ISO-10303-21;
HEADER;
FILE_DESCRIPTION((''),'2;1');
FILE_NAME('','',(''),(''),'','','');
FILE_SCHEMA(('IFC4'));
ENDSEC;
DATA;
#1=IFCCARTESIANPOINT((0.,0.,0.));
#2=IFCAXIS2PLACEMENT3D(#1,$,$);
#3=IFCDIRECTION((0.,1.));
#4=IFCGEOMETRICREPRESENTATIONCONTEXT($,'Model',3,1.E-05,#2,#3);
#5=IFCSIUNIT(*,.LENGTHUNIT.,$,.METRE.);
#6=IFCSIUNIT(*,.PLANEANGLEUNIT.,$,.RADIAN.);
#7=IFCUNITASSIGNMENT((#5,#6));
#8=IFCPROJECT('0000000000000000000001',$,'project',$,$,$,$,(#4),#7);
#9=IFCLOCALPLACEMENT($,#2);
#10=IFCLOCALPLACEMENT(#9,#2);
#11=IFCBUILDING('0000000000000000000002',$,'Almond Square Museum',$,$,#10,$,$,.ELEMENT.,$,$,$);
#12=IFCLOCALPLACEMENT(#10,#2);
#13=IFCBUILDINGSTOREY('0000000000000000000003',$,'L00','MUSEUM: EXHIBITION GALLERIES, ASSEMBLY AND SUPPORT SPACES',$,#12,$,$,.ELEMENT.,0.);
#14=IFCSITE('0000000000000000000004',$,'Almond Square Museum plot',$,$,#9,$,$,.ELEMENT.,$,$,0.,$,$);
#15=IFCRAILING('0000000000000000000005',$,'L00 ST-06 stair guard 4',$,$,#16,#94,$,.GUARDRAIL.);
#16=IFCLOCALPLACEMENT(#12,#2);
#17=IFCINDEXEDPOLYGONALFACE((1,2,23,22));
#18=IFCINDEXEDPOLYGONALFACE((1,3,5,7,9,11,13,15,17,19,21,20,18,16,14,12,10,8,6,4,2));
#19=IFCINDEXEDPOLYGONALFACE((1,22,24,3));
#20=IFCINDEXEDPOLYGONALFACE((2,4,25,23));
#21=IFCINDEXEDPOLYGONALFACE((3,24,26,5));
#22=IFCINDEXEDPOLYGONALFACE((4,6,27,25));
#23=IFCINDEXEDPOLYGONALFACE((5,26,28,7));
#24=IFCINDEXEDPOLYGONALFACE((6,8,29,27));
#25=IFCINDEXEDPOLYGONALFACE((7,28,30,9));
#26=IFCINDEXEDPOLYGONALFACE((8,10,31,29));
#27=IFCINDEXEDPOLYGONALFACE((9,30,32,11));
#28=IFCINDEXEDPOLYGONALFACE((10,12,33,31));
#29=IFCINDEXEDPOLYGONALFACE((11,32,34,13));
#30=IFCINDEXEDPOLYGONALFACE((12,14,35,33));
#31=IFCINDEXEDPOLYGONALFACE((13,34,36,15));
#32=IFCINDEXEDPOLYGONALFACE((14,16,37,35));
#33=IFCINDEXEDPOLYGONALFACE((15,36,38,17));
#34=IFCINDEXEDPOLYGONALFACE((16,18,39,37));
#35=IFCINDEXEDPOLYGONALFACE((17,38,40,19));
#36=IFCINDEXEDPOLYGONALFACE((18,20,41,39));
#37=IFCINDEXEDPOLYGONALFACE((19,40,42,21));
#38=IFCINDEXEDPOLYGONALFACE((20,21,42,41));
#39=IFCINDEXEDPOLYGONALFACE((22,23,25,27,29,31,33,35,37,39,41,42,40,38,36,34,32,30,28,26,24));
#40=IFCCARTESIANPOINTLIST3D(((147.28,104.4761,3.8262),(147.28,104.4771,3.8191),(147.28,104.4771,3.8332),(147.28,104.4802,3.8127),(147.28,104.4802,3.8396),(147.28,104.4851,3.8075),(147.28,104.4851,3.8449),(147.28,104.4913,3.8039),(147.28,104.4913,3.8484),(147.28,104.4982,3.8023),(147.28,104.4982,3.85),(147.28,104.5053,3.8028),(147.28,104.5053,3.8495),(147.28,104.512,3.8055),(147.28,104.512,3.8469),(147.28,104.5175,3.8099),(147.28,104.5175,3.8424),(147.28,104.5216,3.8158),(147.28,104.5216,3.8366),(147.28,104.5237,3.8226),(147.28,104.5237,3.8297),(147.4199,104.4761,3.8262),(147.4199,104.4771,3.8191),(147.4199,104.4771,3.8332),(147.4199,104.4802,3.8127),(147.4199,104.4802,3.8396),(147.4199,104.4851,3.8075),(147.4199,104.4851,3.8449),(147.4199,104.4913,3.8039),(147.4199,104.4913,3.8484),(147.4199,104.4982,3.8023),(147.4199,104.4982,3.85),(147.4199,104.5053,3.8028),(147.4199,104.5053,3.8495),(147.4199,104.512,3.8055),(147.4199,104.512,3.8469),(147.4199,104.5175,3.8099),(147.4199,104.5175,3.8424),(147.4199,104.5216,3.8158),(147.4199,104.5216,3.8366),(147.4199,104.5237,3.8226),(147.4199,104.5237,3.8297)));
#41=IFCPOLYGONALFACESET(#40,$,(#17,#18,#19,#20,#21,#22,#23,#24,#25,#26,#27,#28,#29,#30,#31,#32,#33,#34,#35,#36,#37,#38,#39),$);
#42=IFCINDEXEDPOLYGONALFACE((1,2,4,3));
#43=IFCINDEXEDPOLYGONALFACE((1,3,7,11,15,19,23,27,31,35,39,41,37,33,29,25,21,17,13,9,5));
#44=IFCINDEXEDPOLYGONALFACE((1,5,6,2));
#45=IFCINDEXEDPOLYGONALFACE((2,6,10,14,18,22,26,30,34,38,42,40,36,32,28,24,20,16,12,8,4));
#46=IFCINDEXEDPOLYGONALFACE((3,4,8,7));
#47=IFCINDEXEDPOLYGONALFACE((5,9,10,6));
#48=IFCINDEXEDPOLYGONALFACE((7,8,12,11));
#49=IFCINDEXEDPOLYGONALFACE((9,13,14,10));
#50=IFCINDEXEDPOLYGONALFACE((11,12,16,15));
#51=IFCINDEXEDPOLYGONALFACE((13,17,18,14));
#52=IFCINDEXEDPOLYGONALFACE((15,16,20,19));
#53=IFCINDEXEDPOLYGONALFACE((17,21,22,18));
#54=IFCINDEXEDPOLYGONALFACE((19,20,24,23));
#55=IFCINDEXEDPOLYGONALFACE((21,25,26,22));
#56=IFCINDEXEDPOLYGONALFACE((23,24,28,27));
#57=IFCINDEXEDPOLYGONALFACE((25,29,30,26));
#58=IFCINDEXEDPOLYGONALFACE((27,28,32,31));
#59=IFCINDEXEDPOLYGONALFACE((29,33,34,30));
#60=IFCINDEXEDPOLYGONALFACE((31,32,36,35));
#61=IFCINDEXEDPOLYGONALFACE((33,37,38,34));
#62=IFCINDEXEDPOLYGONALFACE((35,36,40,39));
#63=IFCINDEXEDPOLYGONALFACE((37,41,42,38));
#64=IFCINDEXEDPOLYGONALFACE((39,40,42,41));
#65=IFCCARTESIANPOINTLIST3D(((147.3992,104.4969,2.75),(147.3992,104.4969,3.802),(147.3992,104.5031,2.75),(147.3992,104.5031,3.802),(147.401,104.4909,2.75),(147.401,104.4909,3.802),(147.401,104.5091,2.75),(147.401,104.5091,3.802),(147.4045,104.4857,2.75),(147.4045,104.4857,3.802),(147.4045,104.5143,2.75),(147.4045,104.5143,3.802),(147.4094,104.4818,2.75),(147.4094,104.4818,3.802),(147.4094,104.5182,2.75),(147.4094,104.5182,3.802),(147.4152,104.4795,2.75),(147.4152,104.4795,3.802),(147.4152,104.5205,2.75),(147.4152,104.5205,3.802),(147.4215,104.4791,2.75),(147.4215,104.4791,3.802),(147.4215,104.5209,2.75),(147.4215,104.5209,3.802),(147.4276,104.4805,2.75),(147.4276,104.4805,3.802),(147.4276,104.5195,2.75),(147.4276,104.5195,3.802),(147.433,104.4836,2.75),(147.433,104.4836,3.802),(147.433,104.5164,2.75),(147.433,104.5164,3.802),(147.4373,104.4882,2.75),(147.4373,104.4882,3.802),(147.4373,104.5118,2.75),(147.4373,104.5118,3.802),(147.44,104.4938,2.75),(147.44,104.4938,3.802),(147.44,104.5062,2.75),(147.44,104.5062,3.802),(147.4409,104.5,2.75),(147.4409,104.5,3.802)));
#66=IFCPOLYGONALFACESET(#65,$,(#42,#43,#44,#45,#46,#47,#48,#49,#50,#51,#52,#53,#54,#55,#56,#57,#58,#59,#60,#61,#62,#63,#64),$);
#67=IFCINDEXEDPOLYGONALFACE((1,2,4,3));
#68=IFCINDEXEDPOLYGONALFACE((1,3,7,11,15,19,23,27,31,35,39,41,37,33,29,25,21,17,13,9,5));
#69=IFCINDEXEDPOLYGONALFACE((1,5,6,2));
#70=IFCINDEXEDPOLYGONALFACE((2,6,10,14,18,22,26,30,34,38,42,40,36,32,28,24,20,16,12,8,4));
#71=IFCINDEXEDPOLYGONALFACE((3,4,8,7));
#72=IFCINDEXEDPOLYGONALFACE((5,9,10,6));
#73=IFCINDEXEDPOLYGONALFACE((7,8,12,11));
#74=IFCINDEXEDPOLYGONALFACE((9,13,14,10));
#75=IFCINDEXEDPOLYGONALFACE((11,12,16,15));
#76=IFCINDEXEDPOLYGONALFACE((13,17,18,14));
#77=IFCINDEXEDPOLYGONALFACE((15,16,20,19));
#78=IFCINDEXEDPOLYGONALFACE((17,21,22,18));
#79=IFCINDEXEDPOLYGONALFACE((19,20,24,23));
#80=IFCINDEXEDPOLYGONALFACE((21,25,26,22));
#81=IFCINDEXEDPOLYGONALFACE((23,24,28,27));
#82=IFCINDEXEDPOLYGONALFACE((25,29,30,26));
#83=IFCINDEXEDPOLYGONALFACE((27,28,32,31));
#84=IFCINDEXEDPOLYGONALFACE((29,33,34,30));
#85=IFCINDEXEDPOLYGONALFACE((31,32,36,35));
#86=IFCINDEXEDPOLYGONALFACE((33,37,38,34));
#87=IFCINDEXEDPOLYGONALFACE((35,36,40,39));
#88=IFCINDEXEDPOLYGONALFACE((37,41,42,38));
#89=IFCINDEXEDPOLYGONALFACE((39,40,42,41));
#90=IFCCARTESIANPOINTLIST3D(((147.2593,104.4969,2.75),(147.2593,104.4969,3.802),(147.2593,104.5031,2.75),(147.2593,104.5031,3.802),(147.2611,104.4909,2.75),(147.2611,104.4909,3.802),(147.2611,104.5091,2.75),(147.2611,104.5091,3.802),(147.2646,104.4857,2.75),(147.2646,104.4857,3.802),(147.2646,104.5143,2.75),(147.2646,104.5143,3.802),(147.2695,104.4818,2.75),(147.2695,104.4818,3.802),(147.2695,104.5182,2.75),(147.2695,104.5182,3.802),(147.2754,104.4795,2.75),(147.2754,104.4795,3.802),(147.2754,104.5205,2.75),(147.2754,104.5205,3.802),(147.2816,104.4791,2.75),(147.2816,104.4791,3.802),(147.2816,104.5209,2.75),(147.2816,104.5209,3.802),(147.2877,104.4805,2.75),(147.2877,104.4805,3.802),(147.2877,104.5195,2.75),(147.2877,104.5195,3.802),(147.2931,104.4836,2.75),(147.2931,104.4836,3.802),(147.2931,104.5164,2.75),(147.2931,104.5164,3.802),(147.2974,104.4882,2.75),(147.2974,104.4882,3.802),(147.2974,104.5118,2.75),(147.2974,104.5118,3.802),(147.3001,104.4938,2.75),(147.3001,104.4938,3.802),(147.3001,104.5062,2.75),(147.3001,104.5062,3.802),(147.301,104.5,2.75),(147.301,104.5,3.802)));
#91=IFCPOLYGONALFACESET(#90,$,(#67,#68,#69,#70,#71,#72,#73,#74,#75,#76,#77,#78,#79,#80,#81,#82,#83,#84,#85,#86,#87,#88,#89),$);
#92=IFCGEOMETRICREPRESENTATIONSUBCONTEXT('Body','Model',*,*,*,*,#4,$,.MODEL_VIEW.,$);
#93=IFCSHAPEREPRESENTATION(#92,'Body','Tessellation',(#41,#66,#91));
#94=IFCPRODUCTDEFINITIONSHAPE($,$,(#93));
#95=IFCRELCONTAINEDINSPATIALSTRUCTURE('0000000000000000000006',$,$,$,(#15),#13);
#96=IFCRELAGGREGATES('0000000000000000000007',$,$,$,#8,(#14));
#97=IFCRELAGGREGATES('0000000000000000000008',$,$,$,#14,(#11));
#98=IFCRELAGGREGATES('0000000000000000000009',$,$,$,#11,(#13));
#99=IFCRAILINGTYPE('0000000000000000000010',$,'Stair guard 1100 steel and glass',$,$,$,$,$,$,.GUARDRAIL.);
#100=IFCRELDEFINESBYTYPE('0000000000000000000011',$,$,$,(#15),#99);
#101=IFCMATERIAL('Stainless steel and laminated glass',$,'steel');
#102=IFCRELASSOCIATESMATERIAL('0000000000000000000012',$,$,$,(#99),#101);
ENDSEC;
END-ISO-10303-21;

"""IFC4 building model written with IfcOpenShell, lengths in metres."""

from ifc_helpers import new_model, si_unit, direction, frame, origin, origin_2d, place, context, subcontext, project, spatial, circle, extrude, material, type_object, element, save


model = new_model("IFC4")

# Units and contexts
model_context = context("Model", 3, precision=1e-05, world=origin(), true_north=direction((0.0, 1.0)))
body_context = subcontext(model_context, "Body", "Model", "MODEL_VIEW")
ifc_project = project(units=[si_unit("LENGTHUNIT", "METRE"), si_unit("PLANEANGLEUNIT", "RADIAN")], contexts=[model_context])

# Site, building, storey
site_placement = place(None, origin())
site = spatial("IfcSite", under=ifc_project, at=site_placement, Name="Almond Square Museum plot", CompositionType="ELEMENT", RefElevation=0.0)
building_placement = place(site_placement, origin())
building = spatial("IfcBuilding", under=site, at=building_placement, Name="Almond Square Museum", CompositionType="ELEMENT")
storey_placement = place(building_placement, origin())
storey = spatial("IfcBuildingStorey", under=building, at=storey_placement, Name="L00", Description="MUSEUM: EXHIBITION GALLERIES, ASSEMBLY AND SUPPORT SPACES", CompositionType="ELEMENT", Elevation=0.0)

# Railing
ifc_material_1 = material(Name="Stainless steel and laminated glass", Category="steel")
railing_type_1 = type_object("IfcRailingType", Name="Stair guard 1100 steel and glass", PredefinedType="GUARDRAIL", material=ifc_material_1)
railing_1_placement = place(storey_placement, frame((147.4199, 104.5, 2.75)))
element("IfcRailing", 1, at=railing_1_placement, inside=storey, type_object=railing_type_1, Name="L00 ST-06 stair guard 4", PredefinedType="GUARDRAIL", context=body_context, shape_type="SweptSolid", body=[
    extrude(circle(Radius=0.0239, at=origin_2d()), frame((0.0, 0.0, 1.0762), z_axis=(-1.0, 0.0, 0.0), x_axis=(0.0, -1.0, 0.0)), (0.0, 0.0, 1.0), 0.1399),
    extrude(circle(Radius=0.021, at=origin_2d()), origin(), (0.0, 0.0, 1.0), 1.052),
    extrude(circle(Radius=0.021, at=origin_2d()), frame((-0.1399, 0.0, 0.0)), (0.0, 0.0, 1.0), 1.052),
])

save(model, "model.ifc")
